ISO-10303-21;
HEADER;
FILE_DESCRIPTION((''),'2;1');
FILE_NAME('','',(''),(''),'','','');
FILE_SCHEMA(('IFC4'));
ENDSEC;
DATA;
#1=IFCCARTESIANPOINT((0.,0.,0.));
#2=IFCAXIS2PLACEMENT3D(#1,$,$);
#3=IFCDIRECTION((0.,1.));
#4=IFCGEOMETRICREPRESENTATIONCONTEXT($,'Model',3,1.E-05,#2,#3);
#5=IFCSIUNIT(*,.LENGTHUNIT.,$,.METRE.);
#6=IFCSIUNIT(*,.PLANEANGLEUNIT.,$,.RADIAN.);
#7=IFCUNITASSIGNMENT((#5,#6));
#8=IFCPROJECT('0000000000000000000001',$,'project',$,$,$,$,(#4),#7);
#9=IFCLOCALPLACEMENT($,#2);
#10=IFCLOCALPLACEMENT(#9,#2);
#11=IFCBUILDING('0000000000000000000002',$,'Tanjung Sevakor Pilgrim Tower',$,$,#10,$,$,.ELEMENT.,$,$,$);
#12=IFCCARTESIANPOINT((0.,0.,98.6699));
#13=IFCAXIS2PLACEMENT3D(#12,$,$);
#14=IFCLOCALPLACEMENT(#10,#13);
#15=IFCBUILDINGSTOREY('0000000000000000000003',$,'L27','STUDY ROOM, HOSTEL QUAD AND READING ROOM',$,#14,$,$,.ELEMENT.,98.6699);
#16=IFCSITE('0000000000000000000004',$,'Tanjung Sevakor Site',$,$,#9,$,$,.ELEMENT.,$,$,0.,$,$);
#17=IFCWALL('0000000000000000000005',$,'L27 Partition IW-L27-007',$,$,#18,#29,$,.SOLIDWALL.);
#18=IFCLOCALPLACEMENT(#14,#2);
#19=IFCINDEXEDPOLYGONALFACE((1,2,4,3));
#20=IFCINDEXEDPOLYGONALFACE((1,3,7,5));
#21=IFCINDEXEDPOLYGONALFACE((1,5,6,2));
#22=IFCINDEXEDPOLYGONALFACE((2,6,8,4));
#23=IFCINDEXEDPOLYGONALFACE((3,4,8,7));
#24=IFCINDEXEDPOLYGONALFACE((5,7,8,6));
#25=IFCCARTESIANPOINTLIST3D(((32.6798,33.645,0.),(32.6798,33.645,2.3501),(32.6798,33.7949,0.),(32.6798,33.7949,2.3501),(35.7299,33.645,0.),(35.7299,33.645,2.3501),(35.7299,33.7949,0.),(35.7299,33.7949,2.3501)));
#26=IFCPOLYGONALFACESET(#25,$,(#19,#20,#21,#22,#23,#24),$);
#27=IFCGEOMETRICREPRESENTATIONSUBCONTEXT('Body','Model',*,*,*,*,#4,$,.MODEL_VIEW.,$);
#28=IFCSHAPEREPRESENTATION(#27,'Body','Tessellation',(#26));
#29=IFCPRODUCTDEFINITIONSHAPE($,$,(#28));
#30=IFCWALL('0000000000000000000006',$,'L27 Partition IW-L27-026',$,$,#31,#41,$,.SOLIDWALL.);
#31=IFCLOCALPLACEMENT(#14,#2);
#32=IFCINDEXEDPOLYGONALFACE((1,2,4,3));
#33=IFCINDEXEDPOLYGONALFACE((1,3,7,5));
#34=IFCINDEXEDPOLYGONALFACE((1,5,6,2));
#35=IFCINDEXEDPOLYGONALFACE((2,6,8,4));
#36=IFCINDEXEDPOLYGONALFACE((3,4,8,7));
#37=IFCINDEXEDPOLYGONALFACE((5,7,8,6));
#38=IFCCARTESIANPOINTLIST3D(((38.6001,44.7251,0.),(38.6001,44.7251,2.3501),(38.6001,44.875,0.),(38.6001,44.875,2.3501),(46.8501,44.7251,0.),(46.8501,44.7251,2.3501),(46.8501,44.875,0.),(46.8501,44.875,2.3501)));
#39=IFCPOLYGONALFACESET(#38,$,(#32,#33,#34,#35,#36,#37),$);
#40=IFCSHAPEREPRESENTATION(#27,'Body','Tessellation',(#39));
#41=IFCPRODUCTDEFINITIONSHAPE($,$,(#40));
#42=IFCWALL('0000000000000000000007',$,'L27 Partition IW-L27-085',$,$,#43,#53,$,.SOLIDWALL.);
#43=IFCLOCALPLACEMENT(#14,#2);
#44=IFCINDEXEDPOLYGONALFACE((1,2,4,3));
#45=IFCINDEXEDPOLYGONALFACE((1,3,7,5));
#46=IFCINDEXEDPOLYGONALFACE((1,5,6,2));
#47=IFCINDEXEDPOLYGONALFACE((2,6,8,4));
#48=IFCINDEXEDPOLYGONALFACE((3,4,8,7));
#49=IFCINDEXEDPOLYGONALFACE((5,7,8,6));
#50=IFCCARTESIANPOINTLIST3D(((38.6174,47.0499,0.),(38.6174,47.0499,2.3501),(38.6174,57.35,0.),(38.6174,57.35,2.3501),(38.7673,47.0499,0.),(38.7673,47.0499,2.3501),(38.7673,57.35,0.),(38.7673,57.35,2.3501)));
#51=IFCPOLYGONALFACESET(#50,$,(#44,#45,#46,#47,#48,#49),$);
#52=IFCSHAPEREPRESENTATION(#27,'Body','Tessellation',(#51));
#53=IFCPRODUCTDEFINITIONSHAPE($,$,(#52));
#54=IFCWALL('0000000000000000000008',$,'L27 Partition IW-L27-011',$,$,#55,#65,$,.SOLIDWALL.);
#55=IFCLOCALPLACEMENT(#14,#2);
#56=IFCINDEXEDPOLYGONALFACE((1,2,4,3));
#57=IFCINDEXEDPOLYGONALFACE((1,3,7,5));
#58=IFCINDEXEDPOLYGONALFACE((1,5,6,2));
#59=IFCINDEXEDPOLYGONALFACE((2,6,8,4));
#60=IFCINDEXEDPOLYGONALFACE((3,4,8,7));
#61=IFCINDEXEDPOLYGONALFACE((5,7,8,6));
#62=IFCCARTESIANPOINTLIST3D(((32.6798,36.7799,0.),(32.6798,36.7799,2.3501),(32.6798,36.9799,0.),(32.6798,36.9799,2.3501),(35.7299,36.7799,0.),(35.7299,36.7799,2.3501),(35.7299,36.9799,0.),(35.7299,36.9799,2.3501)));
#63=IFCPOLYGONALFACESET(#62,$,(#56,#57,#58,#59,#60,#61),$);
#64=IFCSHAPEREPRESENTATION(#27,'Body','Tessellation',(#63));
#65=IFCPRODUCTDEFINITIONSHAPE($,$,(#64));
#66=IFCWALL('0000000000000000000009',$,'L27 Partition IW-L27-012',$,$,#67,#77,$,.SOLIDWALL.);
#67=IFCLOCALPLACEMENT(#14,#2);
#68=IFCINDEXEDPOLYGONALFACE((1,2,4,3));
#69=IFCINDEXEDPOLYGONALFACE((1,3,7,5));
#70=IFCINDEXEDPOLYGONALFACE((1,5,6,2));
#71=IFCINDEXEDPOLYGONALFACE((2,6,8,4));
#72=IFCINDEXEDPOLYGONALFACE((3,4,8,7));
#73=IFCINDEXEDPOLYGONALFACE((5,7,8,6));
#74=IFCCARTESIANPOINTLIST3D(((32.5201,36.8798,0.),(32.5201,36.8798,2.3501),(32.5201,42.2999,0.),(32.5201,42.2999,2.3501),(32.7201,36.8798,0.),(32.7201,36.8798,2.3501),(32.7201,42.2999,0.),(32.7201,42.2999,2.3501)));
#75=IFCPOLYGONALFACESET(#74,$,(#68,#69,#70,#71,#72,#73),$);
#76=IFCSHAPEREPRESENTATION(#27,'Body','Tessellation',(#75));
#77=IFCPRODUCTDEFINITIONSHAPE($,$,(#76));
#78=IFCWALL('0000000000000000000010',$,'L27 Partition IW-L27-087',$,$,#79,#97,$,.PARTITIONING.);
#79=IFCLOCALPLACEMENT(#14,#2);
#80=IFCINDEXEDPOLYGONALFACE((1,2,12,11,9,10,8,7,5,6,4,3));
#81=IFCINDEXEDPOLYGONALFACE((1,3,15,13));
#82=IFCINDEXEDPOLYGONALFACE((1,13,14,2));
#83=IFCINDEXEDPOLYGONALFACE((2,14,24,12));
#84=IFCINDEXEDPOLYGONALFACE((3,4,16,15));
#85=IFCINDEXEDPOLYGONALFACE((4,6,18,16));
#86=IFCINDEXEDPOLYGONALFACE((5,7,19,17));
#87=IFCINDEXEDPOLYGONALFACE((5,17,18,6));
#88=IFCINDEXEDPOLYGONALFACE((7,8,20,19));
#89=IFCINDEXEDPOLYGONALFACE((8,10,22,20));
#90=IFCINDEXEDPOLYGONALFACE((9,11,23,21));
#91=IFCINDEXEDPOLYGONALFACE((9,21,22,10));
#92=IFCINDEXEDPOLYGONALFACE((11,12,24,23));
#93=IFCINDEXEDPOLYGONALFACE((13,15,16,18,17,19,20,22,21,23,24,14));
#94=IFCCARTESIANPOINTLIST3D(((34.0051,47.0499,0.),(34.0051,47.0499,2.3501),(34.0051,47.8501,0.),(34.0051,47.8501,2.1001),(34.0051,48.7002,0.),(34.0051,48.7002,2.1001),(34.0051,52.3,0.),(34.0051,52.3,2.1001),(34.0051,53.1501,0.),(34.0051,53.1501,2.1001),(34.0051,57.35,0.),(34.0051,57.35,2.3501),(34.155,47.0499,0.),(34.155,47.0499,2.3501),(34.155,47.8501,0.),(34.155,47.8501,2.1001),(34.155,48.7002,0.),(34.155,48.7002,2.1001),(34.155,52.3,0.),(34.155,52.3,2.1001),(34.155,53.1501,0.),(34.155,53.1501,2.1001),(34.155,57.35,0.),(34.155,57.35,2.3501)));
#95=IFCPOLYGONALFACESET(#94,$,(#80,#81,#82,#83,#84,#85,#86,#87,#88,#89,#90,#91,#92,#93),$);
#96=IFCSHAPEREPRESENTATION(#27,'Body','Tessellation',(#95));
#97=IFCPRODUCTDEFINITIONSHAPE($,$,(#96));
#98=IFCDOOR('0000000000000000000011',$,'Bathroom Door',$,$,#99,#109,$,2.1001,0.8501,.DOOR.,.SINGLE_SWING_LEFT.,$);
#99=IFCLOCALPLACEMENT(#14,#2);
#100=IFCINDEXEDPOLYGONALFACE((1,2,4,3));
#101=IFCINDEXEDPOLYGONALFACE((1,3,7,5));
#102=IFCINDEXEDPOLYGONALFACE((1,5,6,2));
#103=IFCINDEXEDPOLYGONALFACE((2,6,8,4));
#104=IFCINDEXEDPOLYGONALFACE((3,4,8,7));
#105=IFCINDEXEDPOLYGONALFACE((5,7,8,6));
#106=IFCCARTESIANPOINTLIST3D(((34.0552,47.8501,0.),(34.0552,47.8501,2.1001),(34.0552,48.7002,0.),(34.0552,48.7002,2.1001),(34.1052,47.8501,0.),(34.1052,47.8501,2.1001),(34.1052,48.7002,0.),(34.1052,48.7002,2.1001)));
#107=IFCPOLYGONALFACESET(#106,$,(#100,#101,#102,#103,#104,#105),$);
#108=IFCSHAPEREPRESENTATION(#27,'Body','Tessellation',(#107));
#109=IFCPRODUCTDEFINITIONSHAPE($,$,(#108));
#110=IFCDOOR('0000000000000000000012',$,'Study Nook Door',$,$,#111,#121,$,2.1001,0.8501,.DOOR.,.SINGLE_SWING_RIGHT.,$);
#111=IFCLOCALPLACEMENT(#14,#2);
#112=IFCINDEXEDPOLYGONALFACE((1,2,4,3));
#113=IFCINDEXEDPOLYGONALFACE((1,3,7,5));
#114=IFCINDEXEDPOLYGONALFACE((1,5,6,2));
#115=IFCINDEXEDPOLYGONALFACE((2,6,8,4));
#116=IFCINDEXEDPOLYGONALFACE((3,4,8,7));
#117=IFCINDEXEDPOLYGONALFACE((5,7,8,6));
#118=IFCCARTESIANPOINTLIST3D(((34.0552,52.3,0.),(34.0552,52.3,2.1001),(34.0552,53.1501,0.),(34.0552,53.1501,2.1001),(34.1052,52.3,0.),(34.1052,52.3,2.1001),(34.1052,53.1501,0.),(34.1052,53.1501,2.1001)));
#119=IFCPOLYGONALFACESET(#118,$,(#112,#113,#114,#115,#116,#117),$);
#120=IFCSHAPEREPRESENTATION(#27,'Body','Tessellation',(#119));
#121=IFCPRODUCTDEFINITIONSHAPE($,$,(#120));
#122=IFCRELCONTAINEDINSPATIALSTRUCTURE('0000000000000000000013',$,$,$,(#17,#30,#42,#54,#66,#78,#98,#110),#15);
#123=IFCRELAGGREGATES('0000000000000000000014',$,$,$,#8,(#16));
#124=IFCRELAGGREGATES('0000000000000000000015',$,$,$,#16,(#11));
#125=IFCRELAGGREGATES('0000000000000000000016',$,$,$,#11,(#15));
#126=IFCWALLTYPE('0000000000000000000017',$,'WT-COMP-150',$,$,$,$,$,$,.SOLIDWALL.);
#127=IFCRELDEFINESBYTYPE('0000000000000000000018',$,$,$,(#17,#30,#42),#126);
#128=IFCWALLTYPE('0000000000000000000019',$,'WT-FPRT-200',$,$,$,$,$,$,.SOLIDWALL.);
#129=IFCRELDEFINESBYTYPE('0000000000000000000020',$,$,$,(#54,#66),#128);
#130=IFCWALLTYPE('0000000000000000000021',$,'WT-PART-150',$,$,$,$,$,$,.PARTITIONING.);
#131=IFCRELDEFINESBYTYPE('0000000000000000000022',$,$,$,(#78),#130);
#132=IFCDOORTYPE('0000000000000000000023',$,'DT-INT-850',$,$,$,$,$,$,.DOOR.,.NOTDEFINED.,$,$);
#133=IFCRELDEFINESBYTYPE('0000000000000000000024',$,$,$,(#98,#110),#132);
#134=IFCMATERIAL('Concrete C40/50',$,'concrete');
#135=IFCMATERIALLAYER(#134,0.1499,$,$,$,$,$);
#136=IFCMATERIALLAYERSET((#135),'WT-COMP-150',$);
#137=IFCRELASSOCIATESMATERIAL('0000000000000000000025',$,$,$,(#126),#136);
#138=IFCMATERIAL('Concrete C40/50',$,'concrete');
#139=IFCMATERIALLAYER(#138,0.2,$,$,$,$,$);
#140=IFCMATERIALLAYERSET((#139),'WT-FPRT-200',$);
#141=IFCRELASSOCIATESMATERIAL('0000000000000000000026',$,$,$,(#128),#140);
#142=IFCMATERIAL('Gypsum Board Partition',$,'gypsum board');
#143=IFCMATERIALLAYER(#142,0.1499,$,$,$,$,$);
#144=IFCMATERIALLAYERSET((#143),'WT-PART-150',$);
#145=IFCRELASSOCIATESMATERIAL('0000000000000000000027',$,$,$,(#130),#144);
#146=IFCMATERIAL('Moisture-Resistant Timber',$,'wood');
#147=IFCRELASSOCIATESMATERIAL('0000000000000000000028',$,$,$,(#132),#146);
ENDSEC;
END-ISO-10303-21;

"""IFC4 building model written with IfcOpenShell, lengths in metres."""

from ifc_helpers import new_model, si_unit, direction, frame, frame_2d, origin, place, context, subcontext, project, spatial, rectangle, extrude, material, layer, layer_set, type_object, element, fill, save


model = new_model("IFC4")

# Units and contexts
model_context = context("Model", 3, precision=1e-05, world=origin(), true_north=direction((0.0, 1.0)))
body_context = subcontext(model_context, "Body", "Model", "MODEL_VIEW")
ifc_project = project(units=[si_unit("LENGTHUNIT", "METRE"), si_unit("PLANEANGLEUNIT", "RADIAN")], contexts=[model_context])

# Site, building, storey
site_placement = place(None, origin())
site = spatial("IfcSite", under=ifc_project, at=site_placement, Name="Tanjung Sevakor Site", CompositionType="ELEMENT", RefElevation=0.0)
building_placement = place(site_placement, origin())
building = spatial("IfcBuilding", under=site, at=building_placement, Name="Tanjung Sevakor Pilgrim Tower", CompositionType="ELEMENT")
storey_placement = place(building_placement, frame((0.0, 0.0, 98.6699)))
storey = spatial("IfcBuildingStorey", under=building, at=storey_placement, Name="L27", Description="STUDY ROOM, HOSTEL QUAD AND READING ROOM", CompositionType="ELEMENT", Elevation=98.6699)

# Walls
ifc_material_1 = material(Name="Concrete C40/50", Category="concrete")
ifc_layer_1 = layer(ifc_material_1, 0.1499)
ifc_layer_set_1 = layer_set([ifc_layer_1], Name="WT-COMP-150")
wall_type_1 = type_object("IfcWallType", Name="WT-COMP-150", PredefinedType="SOLIDWALL", material=ifc_layer_set_1)
for number, where, z_axis, x_axis, name in (
    (1, (32.6799, 33.72, 0.0), (0.0, 0.0, 1.0), (1.0, 0.0, 0.0), "L27 Partition IW-L27-007"),
):
    element("IfcWall", number, at=place(storey_placement, frame(where, z_axis=z_axis, x_axis=x_axis)), inside=storey, type_object=wall_type_1, Name=name, PredefinedType="SOLIDWALL", context=body_context, shape_type="SweptSolid", body=[
        extrude(rectangle(XDim=3.05, YDim=0.1499, at=frame_2d((1.5249, 0.0))), origin(), (0.0, 0.0, 1.0), 2.3501),
    ])
wall_1_placement = place(storey_placement, frame((38.6001, 44.8, 0.0), z_axis=(0.0, 0.0, 1.0), x_axis=(1.0, 0.0, 0.0)))
element("IfcWall", 2, at=wall_1_placement, inside=storey, type_object=wall_type_1, Name="L27 Partition IW-L27-026", PredefinedType="SOLIDWALL", context=body_context, shape_type="SweptSolid", body=[
    extrude(rectangle(XDim=8.25, YDim=0.1499, at=frame_2d((4.125, 0.0))), origin(), (0.0, 0.0, 1.0), 2.3501),
])
wall_2_placement = place(storey_placement, frame((38.6924, 47.05, 0.0), z_axis=(0.0, 0.0, 1.0), x_axis=(0.0, 1.0, 0.0)))
element("IfcWall", 3, at=wall_2_placement, inside=storey, type_object=wall_type_1, Name="L27 Partition IW-L27-085", PredefinedType="SOLIDWALL", context=body_context, shape_type="SweptSolid", body=[
    extrude(rectangle(XDim=10.3, YDim=0.1499, at=frame_2d((5.1499, 0.0))), origin(), (0.0, 0.0, 1.0), 2.3501),
])

# Walls
ifc_material_2 = material(Name="Concrete C40/50", Category="concrete")
ifc_layer_2 = layer(ifc_material_2, 0.2)
ifc_layer_set_2 = layer_set([ifc_layer_2], Name="WT-FPRT-200")
wall_type_2 = type_object("IfcWallType", Name="WT-FPRT-200", PredefinedType="SOLIDWALL", material=ifc_layer_set_2)
wall_3_placement = place(storey_placement, frame((32.6799, 36.8799, 0.0), z_axis=(0.0, 0.0, 1.0), x_axis=(1.0, 0.0, 0.0)))
element("IfcWall", 4, at=wall_3_placement, inside=storey, type_object=wall_type_2, Name="L27 Partition IW-L27-011", PredefinedType="SOLIDWALL", context=body_context, shape_type="SweptSolid", body=[
    extrude(rectangle(XDim=3.05, YDim=0.2, at=frame_2d((1.5249, 0.0))), origin(), (0.0, 0.0, 1.0), 2.3501),
])
wall_4_placement = place(storey_placement, frame((32.6201, 36.8799, 0.0), z_axis=(0.0, 0.0, 1.0), x_axis=(0.0, 1.0, 0.0)))
element("IfcWall", 5, at=wall_4_placement, inside=storey, type_object=wall_type_2, Name="L27 Partition IW-L27-012", PredefinedType="SOLIDWALL", context=body_context, shape_type="SweptSolid", body=[
    extrude(rectangle(XDim=5.4202, YDim=0.2, at=frame_2d((2.71, 0.0))), origin(), (0.0, 0.0, 1.0), 2.3501),
])

# Wall, openings, doors
ifc_material_3 = material(Name="Gypsum Board Partition", Category="gypsum board")
ifc_layer_3 = layer(ifc_material_3, 0.1499)
ifc_layer_set_3 = layer_set([ifc_layer_3], Name="WT-PART-150")
wall_type_3 = type_object("IfcWallType", Name="WT-PART-150", PredefinedType="PARTITIONING", material=ifc_layer_set_3)
wall_5_placement = place(storey_placement, frame((34.0801, 47.05, 0.0), z_axis=(0.0, 0.0, 1.0), x_axis=(0.0, 1.0, 0.0)))
wall_5 = element("IfcWall", 6, at=wall_5_placement, inside=storey, type_object=wall_type_3, Name="L27 Partition IW-L27-087", PredefinedType="PARTITIONING", context=body_context, shape_type="SweptSolid", body=[
    extrude(rectangle(XDim=10.3, YDim=0.1499, at=frame_2d((5.1499, 0.0))), origin(), (0.0, 0.0, 1.0), 2.3501),
])
opening_1_placement = place(wall_5_placement, frame((0.8, 0.0, 0.0)))
opening_1 = element("IfcOpeningElement", 7, at=opening_1_placement, cuts=wall_5, PredefinedType="OPENING", context=body_context, shape_type="SweptSolid", body=[
    extrude(rectangle(XDim=0.8501, YDim=2.1001, at=frame_2d((0.425, 1.05))), frame((0.0, 0.085, 0.0), z_axis=(0.0, -1.0, 0.0), x_axis=(1.0, 0.0, 0.0)), (0.0, 0.0, 1.0), 0.1699),
])
opening_2_placement = place(wall_5_placement, frame((5.25, 0.0, 0.0)))
opening_2 = element("IfcOpeningElement", 8, at=opening_2_placement, cuts=wall_5, PredefinedType="OPENING", context=body_context, shape_type="SweptSolid", body=[
    extrude(rectangle(XDim=0.8501, YDim=2.1001, at=frame_2d((0.425, 1.05))), frame((0.0, 0.085, 0.0), z_axis=(0.0, -1.0, 0.0), x_axis=(1.0, 0.0, 0.0)), (0.0, 0.0, 1.0), 0.1699),
])
ifc_material_4 = material(Name="Moisture-Resistant Timber", Category="wood")
door_type_1 = type_object("IfcDoorType", Name="DT-INT-850", OperationType="NOTDEFINED", PredefinedType="DOOR", material=ifc_material_4)
door_1_placement = place(opening_1_placement, origin())
door_1 = element("IfcDoor", 9, at=door_1_placement, inside=storey, type_object=door_type_1, Name="Bathroom Door", OperationType="SINGLE_SWING_LEFT", OverallHeight=2.1001, OverallWidth=0.8501, PredefinedType="DOOR", context=body_context, shape_type="SweptSolid", body=[
    extrude(rectangle(XDim=0.8501, YDim=2.1001, at=frame_2d((0.425, 1.05))), frame((0.0, 0.0249, 0.0), z_axis=(0.0, -1.0, 0.0), x_axis=(1.0, 0.0, 0.0)), (0.0, 0.0, 1.0), 0.05),
])
fill(opening_1, door_1)
door_2_placement = place(opening_2_placement, origin())
door_2 = element("IfcDoor", 10, at=door_2_placement, inside=storey, type_object=door_type_1, Name="Study Nook Door", OperationType="SINGLE_SWING_RIGHT", OverallHeight=2.1001, OverallWidth=0.8501, PredefinedType="DOOR", context=body_context, shape_type="SweptSolid", body=[
    extrude(rectangle(XDim=0.8501, YDim=2.1001, at=frame_2d((0.425, 1.05))), frame((0.0, 0.0249, 0.0), z_axis=(0.0, -1.0, 0.0), x_axis=(1.0, 0.0, 0.0)), (0.0, 0.0, 1.0), 0.05),
])
fill(opening_2, door_2)

save(model, "model.ifc")
